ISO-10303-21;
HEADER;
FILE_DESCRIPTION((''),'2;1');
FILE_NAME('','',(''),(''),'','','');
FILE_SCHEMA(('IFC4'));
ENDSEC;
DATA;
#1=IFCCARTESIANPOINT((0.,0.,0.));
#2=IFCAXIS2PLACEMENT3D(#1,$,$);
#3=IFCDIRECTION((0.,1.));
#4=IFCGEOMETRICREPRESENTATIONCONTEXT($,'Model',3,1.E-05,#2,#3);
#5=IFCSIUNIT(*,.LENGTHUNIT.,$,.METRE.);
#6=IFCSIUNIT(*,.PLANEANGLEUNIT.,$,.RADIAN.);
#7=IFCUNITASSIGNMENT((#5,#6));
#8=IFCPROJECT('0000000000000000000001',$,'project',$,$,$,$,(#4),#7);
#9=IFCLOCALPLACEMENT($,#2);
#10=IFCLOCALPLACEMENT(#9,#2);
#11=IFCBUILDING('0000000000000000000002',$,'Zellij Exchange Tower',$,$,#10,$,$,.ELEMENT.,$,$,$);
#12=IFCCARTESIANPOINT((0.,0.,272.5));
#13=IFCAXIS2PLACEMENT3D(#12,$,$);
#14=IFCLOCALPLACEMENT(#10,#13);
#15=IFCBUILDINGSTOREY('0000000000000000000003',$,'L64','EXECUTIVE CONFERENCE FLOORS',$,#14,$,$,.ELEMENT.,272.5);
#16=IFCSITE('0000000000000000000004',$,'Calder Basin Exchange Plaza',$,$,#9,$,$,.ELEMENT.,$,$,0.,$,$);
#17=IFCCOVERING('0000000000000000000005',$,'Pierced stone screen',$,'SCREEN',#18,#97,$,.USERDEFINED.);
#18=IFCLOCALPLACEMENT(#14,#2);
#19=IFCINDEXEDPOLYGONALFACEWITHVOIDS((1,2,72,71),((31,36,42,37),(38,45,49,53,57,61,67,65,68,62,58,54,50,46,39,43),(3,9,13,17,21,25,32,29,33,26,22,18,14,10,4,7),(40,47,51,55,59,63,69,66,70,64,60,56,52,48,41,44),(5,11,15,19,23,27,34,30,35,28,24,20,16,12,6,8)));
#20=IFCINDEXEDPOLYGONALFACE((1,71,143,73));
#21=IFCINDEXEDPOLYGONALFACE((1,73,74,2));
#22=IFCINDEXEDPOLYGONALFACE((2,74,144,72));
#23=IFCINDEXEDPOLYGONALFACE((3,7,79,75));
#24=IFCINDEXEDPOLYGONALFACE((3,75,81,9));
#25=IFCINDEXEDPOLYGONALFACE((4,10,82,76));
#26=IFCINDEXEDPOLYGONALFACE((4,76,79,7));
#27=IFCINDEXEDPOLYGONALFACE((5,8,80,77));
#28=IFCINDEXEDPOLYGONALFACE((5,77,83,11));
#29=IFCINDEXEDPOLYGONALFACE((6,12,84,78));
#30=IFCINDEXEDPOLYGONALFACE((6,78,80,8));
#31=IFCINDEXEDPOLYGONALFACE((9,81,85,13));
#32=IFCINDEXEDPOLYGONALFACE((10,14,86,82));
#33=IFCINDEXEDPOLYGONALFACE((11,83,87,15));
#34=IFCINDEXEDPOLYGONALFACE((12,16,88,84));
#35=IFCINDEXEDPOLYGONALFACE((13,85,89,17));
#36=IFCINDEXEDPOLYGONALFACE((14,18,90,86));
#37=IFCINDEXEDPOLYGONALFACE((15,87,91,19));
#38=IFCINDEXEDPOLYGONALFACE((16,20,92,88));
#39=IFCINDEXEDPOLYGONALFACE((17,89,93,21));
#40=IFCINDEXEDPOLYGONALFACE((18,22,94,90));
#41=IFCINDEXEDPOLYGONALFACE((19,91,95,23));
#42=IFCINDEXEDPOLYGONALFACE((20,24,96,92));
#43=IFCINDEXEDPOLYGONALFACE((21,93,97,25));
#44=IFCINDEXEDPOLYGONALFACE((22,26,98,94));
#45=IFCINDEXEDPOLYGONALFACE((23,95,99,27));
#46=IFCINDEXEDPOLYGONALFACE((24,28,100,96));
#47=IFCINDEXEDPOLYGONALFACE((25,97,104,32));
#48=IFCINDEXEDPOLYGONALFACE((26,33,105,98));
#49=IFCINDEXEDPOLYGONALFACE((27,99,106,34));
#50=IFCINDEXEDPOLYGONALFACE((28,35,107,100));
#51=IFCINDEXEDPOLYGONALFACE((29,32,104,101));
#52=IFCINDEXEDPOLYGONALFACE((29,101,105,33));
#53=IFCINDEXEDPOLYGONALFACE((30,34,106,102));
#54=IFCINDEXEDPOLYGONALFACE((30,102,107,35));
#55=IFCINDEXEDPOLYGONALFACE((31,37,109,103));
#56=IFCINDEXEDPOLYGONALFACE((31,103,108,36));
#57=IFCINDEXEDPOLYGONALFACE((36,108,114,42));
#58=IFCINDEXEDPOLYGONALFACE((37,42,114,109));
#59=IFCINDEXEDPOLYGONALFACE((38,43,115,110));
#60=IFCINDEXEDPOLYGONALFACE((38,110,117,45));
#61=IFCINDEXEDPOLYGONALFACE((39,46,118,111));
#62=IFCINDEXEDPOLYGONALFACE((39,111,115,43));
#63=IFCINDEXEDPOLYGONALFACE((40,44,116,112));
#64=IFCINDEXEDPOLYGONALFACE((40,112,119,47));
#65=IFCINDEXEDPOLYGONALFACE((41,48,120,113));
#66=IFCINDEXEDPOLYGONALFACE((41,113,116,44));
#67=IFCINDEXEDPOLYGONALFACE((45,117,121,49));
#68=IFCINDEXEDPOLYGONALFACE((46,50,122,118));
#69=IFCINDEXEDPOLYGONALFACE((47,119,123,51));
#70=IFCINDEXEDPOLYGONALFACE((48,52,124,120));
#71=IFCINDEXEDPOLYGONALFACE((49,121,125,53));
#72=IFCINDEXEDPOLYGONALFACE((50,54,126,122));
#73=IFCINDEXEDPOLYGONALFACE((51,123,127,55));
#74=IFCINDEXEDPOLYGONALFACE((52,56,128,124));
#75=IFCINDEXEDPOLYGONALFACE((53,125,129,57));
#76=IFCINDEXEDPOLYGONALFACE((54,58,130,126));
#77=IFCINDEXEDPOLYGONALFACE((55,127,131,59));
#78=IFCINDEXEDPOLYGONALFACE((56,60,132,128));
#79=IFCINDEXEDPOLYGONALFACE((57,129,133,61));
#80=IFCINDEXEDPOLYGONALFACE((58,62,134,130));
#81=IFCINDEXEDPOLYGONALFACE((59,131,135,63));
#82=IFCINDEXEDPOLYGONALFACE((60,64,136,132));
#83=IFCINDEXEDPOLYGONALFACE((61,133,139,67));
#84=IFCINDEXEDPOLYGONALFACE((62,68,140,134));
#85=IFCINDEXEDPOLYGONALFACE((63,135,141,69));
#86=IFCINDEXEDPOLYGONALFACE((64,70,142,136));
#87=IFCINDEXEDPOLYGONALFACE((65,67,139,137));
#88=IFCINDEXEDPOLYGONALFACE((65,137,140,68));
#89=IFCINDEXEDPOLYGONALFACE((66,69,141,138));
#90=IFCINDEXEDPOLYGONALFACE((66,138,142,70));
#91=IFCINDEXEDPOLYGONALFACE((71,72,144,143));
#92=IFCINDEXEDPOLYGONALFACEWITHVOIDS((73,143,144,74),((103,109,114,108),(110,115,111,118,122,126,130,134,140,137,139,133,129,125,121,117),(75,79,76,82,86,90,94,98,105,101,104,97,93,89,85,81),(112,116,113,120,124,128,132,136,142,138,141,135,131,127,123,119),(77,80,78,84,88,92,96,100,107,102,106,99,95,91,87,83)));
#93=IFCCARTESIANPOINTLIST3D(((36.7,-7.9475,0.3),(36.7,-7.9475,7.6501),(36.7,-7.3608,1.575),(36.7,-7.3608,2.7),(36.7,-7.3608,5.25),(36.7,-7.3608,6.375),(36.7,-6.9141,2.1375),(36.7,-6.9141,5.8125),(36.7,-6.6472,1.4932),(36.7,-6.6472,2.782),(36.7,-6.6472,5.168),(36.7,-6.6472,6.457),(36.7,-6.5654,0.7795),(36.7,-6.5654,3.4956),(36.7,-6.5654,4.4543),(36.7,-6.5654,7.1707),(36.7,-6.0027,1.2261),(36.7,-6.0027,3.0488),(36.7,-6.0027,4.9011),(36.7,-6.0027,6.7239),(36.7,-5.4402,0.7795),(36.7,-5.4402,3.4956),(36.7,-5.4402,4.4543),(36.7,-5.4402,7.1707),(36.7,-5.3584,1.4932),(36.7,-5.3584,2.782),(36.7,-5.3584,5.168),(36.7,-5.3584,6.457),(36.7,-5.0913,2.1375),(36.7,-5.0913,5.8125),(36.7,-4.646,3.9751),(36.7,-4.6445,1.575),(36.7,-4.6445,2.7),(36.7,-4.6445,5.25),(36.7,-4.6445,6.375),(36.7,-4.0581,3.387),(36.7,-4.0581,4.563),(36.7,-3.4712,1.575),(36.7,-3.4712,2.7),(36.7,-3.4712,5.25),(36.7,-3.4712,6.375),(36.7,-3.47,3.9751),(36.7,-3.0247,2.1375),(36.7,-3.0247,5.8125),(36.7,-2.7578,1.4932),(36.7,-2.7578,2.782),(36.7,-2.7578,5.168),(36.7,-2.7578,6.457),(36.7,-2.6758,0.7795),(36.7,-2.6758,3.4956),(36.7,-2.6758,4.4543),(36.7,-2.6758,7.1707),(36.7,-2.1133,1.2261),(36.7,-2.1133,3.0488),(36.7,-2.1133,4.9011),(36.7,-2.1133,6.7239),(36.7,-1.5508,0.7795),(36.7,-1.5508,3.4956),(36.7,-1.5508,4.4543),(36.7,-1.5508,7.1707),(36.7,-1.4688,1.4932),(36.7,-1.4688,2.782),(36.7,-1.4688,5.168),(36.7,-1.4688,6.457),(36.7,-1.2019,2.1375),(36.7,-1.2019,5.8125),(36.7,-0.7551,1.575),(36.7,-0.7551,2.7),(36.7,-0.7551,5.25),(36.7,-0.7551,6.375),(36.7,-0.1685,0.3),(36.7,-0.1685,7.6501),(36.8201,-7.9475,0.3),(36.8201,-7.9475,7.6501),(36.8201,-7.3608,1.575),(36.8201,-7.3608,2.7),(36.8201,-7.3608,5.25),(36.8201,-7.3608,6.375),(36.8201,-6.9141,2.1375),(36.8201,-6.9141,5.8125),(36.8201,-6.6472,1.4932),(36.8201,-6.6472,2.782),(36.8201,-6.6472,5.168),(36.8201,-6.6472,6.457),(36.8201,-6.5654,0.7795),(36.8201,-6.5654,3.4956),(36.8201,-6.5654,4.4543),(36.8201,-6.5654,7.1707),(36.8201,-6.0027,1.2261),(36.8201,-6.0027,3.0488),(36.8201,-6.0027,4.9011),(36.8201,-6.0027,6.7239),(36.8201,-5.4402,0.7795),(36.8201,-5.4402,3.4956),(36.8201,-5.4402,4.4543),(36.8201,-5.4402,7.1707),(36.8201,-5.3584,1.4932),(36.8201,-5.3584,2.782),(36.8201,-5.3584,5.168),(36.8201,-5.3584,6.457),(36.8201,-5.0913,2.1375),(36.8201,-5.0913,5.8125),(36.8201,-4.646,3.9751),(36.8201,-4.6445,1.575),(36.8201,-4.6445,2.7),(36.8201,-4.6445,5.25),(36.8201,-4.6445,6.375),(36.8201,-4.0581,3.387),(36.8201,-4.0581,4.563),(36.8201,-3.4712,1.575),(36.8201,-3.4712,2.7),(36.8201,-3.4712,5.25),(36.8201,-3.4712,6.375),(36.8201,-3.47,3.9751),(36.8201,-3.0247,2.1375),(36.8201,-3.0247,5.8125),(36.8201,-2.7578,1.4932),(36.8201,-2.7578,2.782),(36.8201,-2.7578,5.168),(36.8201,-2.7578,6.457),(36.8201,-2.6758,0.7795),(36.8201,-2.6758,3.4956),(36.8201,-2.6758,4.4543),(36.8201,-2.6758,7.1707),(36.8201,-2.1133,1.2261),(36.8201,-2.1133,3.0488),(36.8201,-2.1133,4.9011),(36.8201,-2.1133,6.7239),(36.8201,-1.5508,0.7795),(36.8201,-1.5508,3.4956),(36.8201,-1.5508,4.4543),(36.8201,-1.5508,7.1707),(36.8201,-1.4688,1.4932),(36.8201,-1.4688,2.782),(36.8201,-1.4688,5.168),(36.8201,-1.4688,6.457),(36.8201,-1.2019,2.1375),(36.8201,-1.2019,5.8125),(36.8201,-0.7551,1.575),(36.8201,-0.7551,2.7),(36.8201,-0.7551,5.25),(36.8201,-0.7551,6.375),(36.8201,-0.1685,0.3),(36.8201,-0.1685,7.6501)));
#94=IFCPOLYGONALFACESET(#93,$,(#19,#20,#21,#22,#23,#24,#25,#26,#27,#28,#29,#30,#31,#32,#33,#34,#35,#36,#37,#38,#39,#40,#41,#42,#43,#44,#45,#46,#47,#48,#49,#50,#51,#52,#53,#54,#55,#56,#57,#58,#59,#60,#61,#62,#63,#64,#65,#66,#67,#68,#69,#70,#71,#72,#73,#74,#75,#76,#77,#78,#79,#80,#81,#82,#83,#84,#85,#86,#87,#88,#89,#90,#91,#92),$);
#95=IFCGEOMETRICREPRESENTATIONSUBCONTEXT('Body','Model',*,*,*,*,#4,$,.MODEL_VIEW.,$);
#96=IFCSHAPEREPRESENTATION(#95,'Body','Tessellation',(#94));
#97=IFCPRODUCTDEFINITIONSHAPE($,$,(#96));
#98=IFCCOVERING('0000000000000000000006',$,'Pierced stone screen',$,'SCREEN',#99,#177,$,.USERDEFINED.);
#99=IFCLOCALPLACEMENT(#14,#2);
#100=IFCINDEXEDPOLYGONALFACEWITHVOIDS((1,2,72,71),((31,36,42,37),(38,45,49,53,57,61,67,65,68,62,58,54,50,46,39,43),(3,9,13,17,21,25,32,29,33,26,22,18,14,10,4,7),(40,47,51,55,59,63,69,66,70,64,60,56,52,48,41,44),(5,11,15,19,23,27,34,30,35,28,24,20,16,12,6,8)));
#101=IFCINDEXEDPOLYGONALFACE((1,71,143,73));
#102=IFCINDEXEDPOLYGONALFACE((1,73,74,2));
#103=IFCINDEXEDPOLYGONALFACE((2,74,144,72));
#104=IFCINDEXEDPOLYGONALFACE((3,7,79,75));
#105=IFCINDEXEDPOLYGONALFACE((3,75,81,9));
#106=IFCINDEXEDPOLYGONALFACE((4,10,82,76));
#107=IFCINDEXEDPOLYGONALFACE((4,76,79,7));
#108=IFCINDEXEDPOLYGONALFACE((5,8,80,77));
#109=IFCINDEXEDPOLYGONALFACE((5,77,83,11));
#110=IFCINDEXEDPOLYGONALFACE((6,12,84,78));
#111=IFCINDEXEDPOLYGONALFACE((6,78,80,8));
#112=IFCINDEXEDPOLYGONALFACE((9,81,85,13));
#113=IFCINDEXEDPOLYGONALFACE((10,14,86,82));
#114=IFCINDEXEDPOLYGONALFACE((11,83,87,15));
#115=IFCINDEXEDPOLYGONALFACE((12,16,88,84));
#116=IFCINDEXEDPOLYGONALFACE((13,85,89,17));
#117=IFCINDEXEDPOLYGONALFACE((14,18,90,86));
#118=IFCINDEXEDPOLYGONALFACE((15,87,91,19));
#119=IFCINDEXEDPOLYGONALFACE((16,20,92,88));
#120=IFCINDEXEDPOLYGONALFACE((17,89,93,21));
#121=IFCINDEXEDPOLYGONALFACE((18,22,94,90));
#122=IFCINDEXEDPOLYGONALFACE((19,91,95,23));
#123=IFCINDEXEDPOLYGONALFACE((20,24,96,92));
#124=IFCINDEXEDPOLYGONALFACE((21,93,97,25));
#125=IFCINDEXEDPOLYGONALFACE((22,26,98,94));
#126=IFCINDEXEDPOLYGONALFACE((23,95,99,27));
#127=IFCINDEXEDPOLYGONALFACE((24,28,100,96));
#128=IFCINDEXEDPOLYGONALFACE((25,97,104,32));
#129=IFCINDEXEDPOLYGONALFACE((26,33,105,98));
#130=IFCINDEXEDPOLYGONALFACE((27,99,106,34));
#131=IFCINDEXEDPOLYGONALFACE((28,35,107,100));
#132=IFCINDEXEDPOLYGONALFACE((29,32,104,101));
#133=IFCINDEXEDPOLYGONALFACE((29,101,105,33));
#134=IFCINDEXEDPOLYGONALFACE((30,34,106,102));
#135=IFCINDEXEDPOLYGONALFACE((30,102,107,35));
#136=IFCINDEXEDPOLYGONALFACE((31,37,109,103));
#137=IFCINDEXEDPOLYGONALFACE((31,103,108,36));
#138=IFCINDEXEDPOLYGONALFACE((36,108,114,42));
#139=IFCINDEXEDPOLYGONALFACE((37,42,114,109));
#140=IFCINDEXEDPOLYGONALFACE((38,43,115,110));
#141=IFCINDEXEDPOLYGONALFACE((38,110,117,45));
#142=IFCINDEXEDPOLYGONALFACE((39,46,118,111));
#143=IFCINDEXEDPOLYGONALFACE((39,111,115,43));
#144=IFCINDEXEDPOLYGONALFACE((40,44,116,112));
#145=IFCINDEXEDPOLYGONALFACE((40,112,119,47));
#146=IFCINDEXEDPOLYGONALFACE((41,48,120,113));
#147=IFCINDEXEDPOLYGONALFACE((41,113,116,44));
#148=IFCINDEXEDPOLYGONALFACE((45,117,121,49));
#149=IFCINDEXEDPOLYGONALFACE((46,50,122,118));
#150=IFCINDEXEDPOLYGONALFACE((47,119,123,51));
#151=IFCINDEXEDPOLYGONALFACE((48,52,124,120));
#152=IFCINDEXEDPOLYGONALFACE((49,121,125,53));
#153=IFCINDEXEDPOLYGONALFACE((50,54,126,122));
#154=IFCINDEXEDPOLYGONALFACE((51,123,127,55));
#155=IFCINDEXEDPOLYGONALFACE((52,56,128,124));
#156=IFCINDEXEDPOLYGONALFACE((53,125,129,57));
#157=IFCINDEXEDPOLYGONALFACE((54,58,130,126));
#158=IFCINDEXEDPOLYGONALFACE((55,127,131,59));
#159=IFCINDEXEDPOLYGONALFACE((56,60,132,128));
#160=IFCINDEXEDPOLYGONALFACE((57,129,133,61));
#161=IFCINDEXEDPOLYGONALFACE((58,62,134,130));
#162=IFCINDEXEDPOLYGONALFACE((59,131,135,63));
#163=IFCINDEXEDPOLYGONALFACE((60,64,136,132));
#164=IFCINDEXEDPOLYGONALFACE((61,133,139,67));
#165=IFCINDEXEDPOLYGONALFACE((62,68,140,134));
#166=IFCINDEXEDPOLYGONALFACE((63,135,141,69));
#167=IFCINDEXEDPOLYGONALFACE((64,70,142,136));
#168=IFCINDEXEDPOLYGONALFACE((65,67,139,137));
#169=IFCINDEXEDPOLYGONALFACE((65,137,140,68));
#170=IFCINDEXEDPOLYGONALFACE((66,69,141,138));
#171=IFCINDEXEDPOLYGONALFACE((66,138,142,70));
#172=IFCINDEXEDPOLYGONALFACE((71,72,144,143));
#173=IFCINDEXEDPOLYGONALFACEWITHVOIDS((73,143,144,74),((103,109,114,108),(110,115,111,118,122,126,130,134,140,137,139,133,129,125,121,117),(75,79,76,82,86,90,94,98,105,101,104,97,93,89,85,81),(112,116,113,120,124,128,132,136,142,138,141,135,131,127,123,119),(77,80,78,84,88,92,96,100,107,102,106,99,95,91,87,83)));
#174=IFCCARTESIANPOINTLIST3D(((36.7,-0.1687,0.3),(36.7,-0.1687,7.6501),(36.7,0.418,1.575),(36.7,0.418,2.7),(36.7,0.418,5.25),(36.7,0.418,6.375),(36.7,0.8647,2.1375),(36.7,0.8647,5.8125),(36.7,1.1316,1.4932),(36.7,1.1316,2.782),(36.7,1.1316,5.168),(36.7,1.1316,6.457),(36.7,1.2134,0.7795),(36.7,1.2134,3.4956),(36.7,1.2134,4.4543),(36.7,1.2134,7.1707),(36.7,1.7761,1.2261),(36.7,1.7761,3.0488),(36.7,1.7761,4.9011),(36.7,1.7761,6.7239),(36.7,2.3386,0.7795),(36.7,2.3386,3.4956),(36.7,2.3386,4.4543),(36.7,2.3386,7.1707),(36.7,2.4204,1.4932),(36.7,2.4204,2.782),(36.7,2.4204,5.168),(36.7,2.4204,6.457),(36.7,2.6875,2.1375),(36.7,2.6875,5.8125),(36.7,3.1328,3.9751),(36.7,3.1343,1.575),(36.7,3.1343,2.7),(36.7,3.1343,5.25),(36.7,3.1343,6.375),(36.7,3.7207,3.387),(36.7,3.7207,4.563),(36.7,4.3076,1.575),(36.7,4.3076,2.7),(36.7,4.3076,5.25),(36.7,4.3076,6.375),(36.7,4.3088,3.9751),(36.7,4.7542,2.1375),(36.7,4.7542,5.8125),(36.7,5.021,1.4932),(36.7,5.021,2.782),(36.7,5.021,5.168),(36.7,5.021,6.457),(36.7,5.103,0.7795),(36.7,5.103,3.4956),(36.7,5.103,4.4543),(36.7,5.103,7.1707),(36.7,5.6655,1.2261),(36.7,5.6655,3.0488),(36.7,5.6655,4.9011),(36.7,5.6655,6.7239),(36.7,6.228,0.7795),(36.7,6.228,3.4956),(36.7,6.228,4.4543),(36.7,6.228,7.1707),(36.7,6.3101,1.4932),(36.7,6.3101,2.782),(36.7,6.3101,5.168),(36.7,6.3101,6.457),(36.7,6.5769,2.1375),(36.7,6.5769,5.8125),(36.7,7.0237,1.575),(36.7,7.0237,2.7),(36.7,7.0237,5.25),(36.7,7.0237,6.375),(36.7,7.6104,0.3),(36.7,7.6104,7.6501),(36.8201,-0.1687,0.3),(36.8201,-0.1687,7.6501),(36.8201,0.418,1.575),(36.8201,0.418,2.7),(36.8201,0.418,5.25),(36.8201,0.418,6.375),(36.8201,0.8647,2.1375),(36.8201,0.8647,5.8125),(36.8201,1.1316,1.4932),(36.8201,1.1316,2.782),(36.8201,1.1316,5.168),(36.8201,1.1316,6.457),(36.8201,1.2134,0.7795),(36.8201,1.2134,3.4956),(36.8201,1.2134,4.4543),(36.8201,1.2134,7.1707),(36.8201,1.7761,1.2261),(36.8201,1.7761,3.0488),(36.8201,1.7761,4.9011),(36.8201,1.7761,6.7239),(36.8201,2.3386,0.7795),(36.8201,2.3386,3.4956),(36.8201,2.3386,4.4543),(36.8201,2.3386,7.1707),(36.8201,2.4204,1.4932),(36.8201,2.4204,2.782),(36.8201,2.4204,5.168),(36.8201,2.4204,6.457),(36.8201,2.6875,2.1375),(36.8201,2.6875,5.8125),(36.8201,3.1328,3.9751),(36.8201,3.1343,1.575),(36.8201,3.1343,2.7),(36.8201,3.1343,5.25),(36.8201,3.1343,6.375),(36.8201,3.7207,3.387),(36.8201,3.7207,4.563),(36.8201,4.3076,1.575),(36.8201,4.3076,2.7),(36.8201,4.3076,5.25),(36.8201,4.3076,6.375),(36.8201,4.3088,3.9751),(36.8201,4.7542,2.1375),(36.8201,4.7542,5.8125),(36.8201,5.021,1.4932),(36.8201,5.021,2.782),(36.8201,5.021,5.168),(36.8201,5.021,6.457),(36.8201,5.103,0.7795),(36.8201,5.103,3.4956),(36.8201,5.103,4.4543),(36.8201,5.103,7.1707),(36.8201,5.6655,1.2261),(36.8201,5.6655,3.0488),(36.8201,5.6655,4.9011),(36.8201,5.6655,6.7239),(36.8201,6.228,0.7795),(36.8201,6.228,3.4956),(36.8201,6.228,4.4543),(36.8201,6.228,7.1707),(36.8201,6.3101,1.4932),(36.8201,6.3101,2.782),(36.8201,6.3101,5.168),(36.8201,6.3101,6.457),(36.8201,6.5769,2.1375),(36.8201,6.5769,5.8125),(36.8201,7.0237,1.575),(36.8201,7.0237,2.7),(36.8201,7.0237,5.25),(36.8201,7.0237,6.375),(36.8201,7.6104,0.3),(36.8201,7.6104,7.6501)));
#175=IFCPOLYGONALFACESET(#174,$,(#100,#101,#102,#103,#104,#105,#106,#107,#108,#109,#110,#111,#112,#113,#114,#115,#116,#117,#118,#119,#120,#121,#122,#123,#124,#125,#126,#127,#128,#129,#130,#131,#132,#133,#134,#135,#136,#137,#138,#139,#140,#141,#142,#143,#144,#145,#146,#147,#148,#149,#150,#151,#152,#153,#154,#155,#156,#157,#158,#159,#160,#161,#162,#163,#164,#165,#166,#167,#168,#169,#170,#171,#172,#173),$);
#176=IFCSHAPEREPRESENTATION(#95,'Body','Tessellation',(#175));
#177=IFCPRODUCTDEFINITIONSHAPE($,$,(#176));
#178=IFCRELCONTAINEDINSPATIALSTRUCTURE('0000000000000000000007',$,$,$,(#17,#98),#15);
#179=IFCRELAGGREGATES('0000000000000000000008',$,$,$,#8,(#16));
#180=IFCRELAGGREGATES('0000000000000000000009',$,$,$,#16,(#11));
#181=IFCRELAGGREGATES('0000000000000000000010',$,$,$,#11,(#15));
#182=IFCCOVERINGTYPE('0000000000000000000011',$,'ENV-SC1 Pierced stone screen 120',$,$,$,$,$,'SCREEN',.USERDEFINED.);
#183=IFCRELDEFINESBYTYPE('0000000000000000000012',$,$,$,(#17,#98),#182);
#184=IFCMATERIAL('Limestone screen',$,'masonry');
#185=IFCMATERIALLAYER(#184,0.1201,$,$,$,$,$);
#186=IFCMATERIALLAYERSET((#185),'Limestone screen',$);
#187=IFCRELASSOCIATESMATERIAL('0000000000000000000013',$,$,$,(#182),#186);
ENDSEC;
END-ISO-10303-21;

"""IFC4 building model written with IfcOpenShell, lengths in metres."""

from ifc_helpers import new_model, si_unit, direction, frame, origin, place, context, subcontext, project, spatial, polyline, outline, extrude, material, layer, layer_set, type_object, element, save


model = new_model("IFC4")

# Units and contexts
model_context = context("Model", 3, precision=1e-05, world=origin(), true_north=direction((0.0, 1.0)))
body_context = subcontext(model_context, "Body", "Model", "MODEL_VIEW")
ifc_project = project(units=[si_unit("LENGTHUNIT", "METRE"), si_unit("PLANEANGLEUNIT", "RADIAN")], contexts=[model_context])

# Site, building, storey
site_placement = place(None, origin())
site = spatial("IfcSite", under=ifc_project, at=site_placement, Name="Calder Basin Exchange Plaza", CompositionType="ELEMENT", RefElevation=0.0)
building_placement = place(site_placement, origin())
building = spatial("IfcBuilding", under=site, at=building_placement, Name="Zellij Exchange Tower", CompositionType="ELEMENT")
storey_placement = place(building_placement, frame((0.0, 0.0, 272.5)))
storey = spatial("IfcBuildingStorey", under=building, at=storey_placement, Name="L64", Description="EXECUTIVE CONFERENCE FLOORS", CompositionType="ELEMENT", Elevation=272.5)

# Coverings
ifc_material_1 = material(Name="Limestone screen", Category="masonry")
ifc_layer_1 = layer(ifc_material_1, 0.1201)
ifc_layer_set_1 = layer_set([ifc_layer_1], Name="Limestone screen")
covering_type_1 = type_object("IfcCoveringType", Name="ENV-SC1 Pierced stone screen 120", ElementType="SCREEN", PredefinedType="USERDEFINED", material=ifc_layer_set_1)
covering_1_placement = place(storey_placement, frame((36.76, -7.9475, 0.3), z_axis=(0.0, 0.0, 1.0), x_axis=(0.0, 1.0, 0.0)))
element("IfcCovering", 1, at=covering_1_placement, inside=storey, type_object=covering_type_1, Name="Pierced stone screen", ObjectType="SCREEN", PredefinedType="USERDEFINED", context=body_context, shape_type="SweptSolid", body=[
    extrude(outline(polyline([(0.0, 0.0), (7.7791, 0.0), (7.7791, 7.3501), (0.0, 7.3501), (0.0, 0.0)]), holes=[polyline([(3.303, 2.3999), (2.5891, 2.4819), (2.5073, 3.1956), (1.9448, 2.7488), (1.3821, 3.1956), (1.3003, 2.4819), (0.5867, 2.3999), (1.0334, 1.8374), (0.5867, 1.2749), (1.3003, 1.1931), (1.3821, 0.4795), (1.9448, 0.926), (2.5073, 0.4795), (2.5891, 1.1931), (3.303, 1.2749), (2.8562, 1.8374), (3.303, 2.3999)]), polyline([(3.303, 6.075), (2.5891, 6.157), (2.5073, 6.8706), (1.9448, 6.4238), (1.3821, 6.8706), (1.3003, 6.157), (0.5867, 6.075), (1.0334, 5.5125), (0.5867, 4.95), (1.3003, 4.8679), (1.3821, 4.1543), (1.9448, 4.6011), (2.5073, 4.1543), (2.5891, 4.8679), (3.303, 4.95), (2.8562, 5.5125), (3.303, 6.075)]), polyline([(7.1924, 2.3999), (6.4788, 2.4819), (6.3967, 3.1956), (5.8342, 2.7488), (5.2717, 3.1956), (5.1897, 2.4819), (4.4763, 2.3999), (4.9229, 1.8374), (4.4763, 1.2749), (5.1897, 1.1931), (5.2717, 0.4795), (5.8342, 0.926), (6.3967, 0.4795), (6.4788, 1.1931), (7.1924, 1.2749), (6.7456, 1.8374), (7.1924, 2.3999)]), polyline([(7.1924, 6.075), (6.4788, 6.157), (6.3967, 6.8706), (5.8342, 6.4238), (5.2717, 6.8706), (5.1897, 6.157), (4.4763, 6.075), (4.9229, 5.5125), (4.4763, 4.95), (5.1897, 4.8679), (5.2717, 4.1543), (5.8342, 4.6011), (6.3967, 4.1543), (6.4788, 4.8679), (7.1924, 4.95), (6.7456, 5.5125), (7.1924, 6.075)]), polyline([(4.4775, 3.675), (3.8894, 4.2629), (3.3015, 3.675), (3.8894, 3.0869), (4.4775, 3.675)])]), frame((0.0, 0.0601, 0.0), z_axis=(0.0, -1.0, 0.0), x_axis=(1.0, 0.0, 0.0)), (0.0, 0.0, 1.0), 0.1201),
])
covering_2_placement = place(storey_placement, frame((36.76, -0.1687, 0.3), z_axis=(0.0, 0.0, 1.0), x_axis=(0.0, 1.0, 0.0)))
element("IfcCovering", 2, at=covering_2_placement, inside=storey, type_object=covering_type_1, Name="Pierced stone screen", ObjectType="SCREEN", PredefinedType="USERDEFINED", context=body_context, shape_type="SweptSolid", body=[
    extrude(outline(polyline([(0.0, 0.0), (7.7791, 0.0), (7.7791, 7.3501), (0.0, 7.3501), (0.0, 0.0)]), holes=[polyline([(3.303, 2.3999), (2.5891, 2.4819), (2.5073, 3.1956), (1.9448, 2.7488), (1.3821, 3.1956), (1.3003, 2.4819), (0.5867, 2.3999), (1.0334, 1.8374), (0.5867, 1.2749), (1.3003, 1.1931), (1.3821, 0.4795), (1.9448, 0.926), (2.5073, 0.4795), (2.5891, 1.1931), (3.303, 1.2749), (2.8562, 1.8374), (3.303, 2.3999)]), polyline([(3.303, 6.075), (2.5891, 6.157), (2.5073, 6.8706), (1.9448, 6.4238), (1.3821, 6.8706), (1.3003, 6.157), (0.5867, 6.075), (1.0334, 5.5125), (0.5867, 4.95), (1.3003, 4.8679), (1.3821, 4.1543), (1.9448, 4.6011), (2.5073, 4.1543), (2.5891, 4.8679), (3.303, 4.95), (2.8562, 5.5125), (3.303, 6.075)]), polyline([(7.1924, 2.3999), (6.4788, 2.4819), (6.3967, 3.1956), (5.8342, 2.7488), (5.2717, 3.1956), (5.1897, 2.4819), (4.4763, 2.3999), (4.9229, 1.8374), (4.4763, 1.2749), (5.1897, 1.1931), (5.2717, 0.4795), (5.8342, 0.926), (6.3967, 0.4795), (6.4788, 1.1931), (7.1924, 1.2749), (6.7456, 1.8374), (7.1924, 2.3999)]), polyline([(7.1924, 6.075), (6.4788, 6.157), (6.3967, 6.8706), (5.8342, 6.4238), (5.2717, 6.8706), (5.1897, 6.157), (4.4763, 6.075), (4.9229, 5.5125), (4.4763, 4.95), (5.1897, 4.8679), (5.2717, 4.1543), (5.8342, 4.6011), (6.3967, 4.1543), (6.4788, 4.8679), (7.1924, 4.95), (6.7456, 5.5125), (7.1924, 6.075)]), polyline([(4.4775, 3.675), (3.8894, 4.2629), (3.3015, 3.675), (3.8894, 3.0869), (4.4775, 3.675)])]), frame((0.0, 0.0601, 0.0), z_axis=(0.0, -1.0, 0.0), x_axis=(1.0, 0.0, 0.0)), (0.0, 0.0, 1.0), 0.1201),
])

save(model, "model.ifc")
